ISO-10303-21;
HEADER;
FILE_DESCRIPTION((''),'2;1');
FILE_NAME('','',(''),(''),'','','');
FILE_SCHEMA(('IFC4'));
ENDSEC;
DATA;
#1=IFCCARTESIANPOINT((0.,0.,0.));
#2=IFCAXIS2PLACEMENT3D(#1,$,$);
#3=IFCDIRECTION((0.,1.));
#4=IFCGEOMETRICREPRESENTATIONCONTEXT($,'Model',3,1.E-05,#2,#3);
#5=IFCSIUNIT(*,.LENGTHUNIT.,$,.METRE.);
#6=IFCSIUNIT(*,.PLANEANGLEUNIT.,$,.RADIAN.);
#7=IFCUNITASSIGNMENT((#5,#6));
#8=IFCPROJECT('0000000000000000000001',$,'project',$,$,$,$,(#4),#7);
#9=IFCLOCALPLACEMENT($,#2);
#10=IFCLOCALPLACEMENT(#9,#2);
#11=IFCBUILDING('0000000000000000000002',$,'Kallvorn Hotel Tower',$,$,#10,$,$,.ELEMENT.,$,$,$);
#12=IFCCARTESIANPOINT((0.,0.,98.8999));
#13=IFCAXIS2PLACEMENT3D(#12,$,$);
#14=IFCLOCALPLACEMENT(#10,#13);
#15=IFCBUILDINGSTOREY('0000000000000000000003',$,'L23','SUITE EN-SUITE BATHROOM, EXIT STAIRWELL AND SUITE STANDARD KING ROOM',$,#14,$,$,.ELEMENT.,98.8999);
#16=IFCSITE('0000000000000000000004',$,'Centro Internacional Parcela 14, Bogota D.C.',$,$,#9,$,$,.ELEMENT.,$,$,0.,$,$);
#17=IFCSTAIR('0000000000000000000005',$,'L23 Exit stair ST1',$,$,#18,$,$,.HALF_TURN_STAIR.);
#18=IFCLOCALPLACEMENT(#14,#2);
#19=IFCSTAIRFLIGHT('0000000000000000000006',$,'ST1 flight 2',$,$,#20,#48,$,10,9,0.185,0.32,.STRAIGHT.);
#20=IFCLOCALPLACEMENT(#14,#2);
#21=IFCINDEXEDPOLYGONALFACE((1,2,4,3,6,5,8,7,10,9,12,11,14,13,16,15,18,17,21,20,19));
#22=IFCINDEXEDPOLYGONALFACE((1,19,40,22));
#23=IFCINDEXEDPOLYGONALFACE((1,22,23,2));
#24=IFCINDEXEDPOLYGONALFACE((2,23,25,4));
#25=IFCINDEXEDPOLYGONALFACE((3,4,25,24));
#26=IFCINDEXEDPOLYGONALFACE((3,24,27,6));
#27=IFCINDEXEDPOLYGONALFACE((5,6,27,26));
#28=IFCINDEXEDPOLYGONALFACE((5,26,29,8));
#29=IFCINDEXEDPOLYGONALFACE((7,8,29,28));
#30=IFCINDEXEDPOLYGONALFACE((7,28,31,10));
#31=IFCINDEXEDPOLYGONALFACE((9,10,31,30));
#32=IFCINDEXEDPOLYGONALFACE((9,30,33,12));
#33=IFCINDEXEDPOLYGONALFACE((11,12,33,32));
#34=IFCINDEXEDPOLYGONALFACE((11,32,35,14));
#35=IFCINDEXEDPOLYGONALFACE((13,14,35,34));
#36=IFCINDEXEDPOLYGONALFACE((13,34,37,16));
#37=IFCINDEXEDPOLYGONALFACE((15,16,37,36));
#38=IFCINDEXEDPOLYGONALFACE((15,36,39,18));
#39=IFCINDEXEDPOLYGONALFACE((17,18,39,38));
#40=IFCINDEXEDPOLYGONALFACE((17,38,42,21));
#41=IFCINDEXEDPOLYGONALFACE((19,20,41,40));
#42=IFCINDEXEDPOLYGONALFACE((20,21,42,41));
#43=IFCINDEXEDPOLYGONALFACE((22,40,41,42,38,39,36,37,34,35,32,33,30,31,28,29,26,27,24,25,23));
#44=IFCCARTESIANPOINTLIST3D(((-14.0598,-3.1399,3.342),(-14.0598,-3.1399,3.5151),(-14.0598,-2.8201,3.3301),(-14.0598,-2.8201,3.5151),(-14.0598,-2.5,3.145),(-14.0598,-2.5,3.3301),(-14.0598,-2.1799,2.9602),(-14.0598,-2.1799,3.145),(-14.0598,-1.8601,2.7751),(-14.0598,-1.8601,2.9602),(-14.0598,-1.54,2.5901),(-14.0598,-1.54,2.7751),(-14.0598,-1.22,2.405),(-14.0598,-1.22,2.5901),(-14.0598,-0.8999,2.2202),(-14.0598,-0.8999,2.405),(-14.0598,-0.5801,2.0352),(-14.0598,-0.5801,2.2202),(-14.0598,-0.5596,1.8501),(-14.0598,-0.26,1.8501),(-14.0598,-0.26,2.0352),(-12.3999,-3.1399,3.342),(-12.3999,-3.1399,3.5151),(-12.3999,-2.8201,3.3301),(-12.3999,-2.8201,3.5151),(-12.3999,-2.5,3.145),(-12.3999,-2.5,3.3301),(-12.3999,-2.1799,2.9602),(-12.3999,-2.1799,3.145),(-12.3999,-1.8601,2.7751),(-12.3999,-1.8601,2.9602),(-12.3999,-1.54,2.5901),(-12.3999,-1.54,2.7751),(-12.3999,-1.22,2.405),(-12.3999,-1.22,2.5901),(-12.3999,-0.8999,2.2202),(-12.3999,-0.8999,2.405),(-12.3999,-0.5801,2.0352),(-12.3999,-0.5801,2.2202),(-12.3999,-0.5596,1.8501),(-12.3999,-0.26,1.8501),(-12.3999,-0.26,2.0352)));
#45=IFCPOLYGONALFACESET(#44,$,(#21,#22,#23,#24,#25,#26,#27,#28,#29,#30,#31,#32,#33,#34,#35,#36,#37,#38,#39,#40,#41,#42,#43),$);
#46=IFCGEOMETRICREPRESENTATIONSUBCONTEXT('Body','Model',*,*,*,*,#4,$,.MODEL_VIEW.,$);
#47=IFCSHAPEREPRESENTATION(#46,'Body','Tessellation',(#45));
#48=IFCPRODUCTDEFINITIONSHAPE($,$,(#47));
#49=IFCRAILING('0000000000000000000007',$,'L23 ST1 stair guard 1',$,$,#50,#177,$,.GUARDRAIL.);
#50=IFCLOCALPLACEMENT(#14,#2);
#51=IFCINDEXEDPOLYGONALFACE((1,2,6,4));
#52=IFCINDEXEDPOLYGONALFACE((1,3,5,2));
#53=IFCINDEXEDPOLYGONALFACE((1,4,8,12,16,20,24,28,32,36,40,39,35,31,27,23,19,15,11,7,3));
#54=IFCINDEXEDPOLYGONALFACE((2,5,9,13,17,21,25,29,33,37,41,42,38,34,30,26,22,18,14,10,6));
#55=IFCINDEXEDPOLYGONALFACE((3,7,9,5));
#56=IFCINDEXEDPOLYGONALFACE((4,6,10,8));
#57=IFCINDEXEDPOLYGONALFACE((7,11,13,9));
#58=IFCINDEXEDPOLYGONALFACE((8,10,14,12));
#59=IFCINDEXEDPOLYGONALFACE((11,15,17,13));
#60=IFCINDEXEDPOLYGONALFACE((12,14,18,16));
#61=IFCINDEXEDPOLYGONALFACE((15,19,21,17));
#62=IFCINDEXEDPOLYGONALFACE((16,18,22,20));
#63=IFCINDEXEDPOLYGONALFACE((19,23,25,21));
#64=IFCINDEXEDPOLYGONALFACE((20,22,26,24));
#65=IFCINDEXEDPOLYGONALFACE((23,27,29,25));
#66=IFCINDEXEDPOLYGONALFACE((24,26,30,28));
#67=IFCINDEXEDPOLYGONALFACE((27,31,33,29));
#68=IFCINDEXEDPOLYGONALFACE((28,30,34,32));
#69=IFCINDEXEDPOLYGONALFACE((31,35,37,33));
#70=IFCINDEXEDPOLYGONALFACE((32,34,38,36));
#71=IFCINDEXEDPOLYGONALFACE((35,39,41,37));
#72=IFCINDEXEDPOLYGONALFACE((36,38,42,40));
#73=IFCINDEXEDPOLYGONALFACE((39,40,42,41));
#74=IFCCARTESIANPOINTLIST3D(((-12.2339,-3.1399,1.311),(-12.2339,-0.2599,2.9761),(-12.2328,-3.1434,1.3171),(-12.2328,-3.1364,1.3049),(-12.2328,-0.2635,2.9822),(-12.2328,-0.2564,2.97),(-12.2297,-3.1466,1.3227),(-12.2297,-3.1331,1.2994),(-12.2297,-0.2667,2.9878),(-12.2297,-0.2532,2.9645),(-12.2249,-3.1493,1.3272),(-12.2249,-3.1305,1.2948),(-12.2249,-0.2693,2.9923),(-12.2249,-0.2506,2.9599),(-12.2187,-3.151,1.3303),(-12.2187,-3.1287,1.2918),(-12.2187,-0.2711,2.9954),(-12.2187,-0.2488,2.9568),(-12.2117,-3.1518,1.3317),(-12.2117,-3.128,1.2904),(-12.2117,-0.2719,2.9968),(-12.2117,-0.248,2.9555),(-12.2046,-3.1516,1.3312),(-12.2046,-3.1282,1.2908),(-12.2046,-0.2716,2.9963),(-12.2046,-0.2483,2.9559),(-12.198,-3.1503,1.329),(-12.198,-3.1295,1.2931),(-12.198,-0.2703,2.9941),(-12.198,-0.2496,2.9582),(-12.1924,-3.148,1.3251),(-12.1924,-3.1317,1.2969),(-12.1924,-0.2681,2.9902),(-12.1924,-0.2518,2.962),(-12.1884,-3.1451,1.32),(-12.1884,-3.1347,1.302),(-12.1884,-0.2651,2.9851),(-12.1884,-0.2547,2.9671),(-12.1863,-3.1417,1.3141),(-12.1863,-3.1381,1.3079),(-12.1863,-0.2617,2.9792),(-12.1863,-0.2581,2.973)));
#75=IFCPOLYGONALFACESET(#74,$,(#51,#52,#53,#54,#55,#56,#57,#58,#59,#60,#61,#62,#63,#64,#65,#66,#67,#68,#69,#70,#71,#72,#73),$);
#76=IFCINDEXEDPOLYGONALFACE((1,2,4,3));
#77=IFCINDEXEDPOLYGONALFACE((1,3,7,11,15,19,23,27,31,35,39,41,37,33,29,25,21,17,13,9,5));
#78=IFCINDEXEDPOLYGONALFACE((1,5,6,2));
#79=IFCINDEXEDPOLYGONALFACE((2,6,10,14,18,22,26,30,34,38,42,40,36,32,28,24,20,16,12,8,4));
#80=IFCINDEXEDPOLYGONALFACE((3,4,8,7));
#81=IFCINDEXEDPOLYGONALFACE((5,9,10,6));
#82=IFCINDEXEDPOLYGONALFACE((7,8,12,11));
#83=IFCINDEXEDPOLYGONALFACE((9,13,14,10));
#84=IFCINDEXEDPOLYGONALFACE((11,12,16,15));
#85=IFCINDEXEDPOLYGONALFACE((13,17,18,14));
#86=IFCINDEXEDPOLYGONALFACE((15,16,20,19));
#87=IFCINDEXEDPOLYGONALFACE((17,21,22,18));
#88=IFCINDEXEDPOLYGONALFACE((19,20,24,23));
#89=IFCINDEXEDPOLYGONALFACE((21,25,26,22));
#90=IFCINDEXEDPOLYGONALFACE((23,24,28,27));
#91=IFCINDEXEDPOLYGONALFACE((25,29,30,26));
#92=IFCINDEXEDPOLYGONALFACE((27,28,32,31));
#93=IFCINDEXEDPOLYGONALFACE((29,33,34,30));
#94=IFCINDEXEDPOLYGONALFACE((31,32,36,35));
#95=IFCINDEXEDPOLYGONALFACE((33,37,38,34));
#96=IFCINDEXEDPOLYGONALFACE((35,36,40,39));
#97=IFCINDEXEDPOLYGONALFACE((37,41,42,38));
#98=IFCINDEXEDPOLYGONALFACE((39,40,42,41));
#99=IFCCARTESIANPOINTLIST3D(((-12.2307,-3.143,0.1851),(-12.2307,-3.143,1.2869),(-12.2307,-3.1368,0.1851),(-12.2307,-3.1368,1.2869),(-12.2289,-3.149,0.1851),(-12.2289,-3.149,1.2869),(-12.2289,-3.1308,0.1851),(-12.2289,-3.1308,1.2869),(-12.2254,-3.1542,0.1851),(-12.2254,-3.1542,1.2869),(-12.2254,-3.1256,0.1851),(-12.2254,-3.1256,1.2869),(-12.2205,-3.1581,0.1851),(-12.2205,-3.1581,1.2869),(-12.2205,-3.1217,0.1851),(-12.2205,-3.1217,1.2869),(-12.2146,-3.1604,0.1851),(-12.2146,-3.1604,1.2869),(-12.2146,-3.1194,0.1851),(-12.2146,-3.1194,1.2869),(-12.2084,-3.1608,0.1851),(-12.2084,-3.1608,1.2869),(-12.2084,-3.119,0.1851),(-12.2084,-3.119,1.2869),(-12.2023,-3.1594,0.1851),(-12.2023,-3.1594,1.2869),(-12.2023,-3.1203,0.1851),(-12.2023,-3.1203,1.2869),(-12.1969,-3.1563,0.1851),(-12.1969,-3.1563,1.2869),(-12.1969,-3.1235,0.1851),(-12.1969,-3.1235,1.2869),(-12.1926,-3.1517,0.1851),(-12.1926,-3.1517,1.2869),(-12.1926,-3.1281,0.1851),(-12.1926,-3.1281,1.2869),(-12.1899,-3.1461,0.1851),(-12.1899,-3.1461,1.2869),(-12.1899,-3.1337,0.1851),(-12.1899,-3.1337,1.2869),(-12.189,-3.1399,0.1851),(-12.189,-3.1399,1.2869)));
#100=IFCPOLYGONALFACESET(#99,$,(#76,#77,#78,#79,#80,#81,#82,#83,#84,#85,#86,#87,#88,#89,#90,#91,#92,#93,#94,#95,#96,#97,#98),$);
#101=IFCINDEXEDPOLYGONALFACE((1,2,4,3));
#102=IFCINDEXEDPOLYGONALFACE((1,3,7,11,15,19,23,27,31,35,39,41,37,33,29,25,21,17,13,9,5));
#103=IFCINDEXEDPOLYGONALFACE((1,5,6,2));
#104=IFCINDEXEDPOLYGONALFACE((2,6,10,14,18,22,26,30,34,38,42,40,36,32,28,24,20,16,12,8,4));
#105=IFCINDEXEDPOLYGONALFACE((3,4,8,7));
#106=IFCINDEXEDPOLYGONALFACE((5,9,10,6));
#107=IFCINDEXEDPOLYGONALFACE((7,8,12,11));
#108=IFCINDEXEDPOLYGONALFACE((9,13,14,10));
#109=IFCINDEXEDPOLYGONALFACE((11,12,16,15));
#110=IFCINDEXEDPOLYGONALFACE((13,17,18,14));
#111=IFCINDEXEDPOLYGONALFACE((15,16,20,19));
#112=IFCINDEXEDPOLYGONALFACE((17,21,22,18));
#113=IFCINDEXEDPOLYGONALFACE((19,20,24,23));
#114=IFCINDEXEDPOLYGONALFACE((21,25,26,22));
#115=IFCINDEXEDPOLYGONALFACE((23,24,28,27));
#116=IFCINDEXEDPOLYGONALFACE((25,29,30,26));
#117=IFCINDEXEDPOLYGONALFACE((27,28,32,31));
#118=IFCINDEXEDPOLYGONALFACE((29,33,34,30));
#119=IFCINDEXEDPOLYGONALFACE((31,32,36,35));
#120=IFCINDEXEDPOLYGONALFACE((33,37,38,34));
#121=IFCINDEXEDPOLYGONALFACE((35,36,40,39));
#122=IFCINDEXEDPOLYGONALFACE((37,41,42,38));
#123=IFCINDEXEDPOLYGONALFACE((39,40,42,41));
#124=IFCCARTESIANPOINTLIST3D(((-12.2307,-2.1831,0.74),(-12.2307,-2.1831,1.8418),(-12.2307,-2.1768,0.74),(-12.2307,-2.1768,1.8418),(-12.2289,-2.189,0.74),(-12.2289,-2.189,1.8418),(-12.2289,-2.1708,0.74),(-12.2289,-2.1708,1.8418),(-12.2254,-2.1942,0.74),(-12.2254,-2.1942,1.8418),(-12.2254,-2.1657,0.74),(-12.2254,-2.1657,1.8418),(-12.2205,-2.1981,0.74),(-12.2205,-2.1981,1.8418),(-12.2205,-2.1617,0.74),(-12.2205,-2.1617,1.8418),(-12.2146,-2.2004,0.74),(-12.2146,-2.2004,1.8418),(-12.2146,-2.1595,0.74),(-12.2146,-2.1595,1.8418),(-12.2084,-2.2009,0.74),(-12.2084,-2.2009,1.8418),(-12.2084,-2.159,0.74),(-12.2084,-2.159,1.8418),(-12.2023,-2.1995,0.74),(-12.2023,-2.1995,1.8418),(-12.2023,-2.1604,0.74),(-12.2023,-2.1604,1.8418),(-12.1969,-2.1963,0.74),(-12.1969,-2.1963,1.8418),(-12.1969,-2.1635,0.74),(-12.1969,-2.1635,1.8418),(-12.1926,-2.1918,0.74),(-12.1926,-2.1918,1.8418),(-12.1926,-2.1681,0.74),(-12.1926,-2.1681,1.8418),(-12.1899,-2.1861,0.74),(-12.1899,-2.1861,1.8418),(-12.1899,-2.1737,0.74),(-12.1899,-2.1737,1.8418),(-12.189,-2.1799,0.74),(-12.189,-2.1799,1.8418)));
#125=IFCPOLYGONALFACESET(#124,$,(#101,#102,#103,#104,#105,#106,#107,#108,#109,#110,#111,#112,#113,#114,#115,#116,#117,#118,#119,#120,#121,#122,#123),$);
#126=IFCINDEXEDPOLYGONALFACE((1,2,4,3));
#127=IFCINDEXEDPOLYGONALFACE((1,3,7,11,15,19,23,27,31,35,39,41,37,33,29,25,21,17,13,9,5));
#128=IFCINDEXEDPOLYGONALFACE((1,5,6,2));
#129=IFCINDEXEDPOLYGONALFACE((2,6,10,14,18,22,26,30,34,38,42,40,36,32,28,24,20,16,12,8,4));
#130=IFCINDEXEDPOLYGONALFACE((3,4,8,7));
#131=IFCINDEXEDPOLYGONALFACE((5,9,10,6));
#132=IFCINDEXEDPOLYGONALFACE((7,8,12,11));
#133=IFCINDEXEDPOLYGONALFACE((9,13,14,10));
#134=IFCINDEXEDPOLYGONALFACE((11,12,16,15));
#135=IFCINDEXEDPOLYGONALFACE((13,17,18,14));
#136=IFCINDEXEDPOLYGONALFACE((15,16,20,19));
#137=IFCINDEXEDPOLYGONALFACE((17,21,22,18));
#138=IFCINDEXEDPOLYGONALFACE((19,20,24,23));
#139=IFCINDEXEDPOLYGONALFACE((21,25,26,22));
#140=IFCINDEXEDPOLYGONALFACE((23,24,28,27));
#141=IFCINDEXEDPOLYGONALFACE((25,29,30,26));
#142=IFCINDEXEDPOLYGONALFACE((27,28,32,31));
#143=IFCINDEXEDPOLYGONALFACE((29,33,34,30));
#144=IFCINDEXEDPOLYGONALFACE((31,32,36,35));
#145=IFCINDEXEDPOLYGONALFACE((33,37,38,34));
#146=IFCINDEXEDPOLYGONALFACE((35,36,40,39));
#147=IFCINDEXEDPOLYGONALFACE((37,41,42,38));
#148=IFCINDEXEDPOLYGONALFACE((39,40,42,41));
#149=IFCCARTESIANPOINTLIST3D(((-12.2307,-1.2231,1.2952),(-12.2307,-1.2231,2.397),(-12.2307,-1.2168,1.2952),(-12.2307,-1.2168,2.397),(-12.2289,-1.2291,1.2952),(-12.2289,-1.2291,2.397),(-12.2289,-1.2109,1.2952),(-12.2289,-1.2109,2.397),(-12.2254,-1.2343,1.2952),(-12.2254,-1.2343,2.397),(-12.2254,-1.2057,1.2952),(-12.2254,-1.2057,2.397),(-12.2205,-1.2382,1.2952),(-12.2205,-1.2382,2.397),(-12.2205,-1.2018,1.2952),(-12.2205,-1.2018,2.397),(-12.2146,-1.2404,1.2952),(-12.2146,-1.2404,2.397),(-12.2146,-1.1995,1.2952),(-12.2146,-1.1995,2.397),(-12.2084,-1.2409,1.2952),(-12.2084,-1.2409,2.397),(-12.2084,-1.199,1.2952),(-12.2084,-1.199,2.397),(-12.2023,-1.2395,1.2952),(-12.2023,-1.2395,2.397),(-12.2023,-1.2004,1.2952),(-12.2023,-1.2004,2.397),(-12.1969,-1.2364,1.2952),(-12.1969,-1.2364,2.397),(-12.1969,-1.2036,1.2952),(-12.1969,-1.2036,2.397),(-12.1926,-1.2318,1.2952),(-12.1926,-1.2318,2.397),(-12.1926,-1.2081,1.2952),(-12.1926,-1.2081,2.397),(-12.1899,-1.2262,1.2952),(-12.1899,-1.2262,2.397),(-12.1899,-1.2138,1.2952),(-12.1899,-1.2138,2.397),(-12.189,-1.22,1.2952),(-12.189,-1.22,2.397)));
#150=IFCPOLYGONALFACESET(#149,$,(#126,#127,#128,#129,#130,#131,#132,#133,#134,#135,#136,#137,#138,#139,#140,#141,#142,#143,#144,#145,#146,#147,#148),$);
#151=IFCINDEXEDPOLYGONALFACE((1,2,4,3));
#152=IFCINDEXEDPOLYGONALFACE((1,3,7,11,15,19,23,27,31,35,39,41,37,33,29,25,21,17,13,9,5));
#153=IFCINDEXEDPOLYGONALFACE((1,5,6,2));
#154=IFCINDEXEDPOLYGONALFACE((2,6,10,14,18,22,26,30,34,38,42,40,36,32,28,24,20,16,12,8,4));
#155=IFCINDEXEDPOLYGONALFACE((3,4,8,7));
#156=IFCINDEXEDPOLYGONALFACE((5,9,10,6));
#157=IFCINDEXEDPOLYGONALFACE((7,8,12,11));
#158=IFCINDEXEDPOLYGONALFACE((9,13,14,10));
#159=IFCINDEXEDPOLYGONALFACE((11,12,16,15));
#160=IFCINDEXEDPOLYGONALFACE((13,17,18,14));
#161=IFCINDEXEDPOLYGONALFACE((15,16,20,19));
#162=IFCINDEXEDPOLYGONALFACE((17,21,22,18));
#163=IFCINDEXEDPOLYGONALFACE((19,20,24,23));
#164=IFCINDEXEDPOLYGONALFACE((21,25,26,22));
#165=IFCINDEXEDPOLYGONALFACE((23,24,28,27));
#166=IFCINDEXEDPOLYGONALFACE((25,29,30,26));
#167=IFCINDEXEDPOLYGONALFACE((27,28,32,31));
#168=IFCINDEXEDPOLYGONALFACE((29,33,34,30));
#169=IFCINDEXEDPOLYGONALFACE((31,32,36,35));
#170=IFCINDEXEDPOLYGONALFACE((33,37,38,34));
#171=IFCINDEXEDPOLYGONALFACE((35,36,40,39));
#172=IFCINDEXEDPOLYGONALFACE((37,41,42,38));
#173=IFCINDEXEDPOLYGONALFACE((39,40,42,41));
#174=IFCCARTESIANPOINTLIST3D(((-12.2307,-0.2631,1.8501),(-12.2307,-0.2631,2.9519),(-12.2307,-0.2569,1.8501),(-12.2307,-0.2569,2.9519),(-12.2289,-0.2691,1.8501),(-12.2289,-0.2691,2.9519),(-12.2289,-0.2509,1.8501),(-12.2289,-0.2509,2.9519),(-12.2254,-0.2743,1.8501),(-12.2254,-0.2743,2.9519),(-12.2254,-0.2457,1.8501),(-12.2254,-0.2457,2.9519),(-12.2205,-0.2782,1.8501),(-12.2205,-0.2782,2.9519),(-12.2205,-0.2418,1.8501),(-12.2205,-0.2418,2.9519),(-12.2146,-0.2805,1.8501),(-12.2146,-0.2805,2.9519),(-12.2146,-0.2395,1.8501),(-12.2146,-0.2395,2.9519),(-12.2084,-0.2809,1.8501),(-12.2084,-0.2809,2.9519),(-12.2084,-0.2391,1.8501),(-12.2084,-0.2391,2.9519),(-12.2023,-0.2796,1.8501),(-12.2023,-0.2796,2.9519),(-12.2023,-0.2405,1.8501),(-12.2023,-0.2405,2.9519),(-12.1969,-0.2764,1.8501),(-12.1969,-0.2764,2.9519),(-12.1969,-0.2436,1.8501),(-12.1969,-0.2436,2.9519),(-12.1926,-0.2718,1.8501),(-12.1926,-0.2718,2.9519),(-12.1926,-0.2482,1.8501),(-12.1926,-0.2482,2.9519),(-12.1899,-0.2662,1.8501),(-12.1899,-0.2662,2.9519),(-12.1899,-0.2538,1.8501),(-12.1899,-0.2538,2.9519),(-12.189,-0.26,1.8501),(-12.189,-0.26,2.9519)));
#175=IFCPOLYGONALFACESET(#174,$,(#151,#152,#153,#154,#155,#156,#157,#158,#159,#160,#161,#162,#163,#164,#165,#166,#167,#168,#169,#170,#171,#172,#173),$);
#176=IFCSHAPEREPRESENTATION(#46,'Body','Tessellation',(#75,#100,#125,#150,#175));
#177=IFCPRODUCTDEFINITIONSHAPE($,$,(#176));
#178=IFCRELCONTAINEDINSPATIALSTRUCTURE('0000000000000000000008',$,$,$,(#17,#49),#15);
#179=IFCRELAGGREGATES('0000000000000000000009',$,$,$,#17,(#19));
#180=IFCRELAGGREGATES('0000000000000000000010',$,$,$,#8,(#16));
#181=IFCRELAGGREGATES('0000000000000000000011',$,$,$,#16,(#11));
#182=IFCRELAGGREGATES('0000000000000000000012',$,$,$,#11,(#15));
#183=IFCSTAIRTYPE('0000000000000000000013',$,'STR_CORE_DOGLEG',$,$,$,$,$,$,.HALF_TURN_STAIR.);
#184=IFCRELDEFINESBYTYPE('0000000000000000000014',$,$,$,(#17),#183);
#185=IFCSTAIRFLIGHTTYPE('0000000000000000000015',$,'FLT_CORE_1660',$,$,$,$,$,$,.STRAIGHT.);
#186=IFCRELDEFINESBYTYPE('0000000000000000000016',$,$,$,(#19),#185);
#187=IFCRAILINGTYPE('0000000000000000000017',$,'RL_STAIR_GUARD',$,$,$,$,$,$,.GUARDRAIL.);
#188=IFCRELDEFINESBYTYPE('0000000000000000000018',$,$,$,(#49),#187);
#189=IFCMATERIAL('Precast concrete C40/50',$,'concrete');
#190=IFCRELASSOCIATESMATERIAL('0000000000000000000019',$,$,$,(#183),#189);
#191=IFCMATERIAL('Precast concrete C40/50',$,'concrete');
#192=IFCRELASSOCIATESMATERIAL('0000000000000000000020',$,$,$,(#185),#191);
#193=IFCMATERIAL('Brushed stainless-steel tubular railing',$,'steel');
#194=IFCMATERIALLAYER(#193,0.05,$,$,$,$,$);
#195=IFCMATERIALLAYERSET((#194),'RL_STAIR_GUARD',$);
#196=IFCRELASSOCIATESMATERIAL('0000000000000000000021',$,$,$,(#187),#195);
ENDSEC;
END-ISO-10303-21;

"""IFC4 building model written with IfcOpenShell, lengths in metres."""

from ifc_helpers import new_model, si_unit, direction, frame, origin, origin_2d, place, context, subcontext, project, spatial, polyline, circle, outline, extrude, material, layer, layer_set, type_object, element, aggregate, save


model = new_model("IFC4")

# Units and contexts
model_context = context("Model", 3, precision=1e-05, world=origin(), true_north=direction((0.0, 1.0)))
body_context = subcontext(model_context, "Body", "Model", "MODEL_VIEW")
ifc_project = project(units=[si_unit("LENGTHUNIT", "METRE"), si_unit("PLANEANGLEUNIT", "RADIAN")], contexts=[model_context])

# Site, building, storey
site_placement = place(None, origin())
site = spatial("IfcSite", under=ifc_project, at=site_placement, Name="Centro Internacional Parcela 14, Bogota D.C.", CompositionType="ELEMENT", RefElevation=0.0)
building_placement = place(site_placement, origin())
building = spatial("IfcBuilding", under=site, at=building_placement, Name="Kallvorn Hotel Tower", CompositionType="ELEMENT")
storey_placement = place(building_placement, frame((0.0, 0.0, 98.8999)))
storey = spatial("IfcBuildingStorey", under=building, at=storey_placement, Name="L23", Description="SUITE EN-SUITE BATHROOM, EXIT STAIRWELL AND SUITE STANDARD KING ROOM", CompositionType="ELEMENT", Elevation=98.8999)

# Stair, stair flight
ifc_material_1 = material(Name="Precast concrete C40/50", Category="concrete")
stair_type = type_object("IfcStairType", Name="STR_CORE_DOGLEG", PredefinedType="HALF_TURN_STAIR", material=ifc_material_1)
stair_placement = place(storey_placement, origin())
stair = element("IfcStair", 1, at=stair_placement, inside=storey, type_object=stair_type, Name="L23 Exit stair ST1", PredefinedType="HALF_TURN_STAIR")
ifc_material_2 = material(Name="Precast concrete C40/50", Category="concrete")
stair_flight_type = type_object("IfcStairFlightType", Name="FLT_CORE_1660", PredefinedType="STRAIGHT", material=ifc_material_2)
stair_flight_1_placement = place(storey_placement, frame((-13.23, -0.26, 1.8501), z_axis=(0.0, 0.0, 1.0), x_axis=(0.0, -1.0, 0.0)))
stair_flight_1 = element("IfcStairFlight", 2, at=stair_flight_1_placement, type_object=stair_flight_type, Name="ST1 flight 2", NumberOfRisers=10, NumberOfTreads=9, PredefinedType="STRAIGHT", RiserHeight=0.185, TreadLength=0.32, context=body_context, shape_type="SweptSolid", body=[
    extrude(outline(polyline([(0.0, 0.0), (0.0, 0.1851), (0.3201, 0.1851), (0.3201, 0.3701), (0.6399, 0.3701), (0.6399, 0.5549), (0.96, 0.5549), (0.96, 0.74), (1.28, 0.74), (1.28, 0.925), (1.6001, 0.925), (1.6001, 1.1101), (1.9199, 1.1101), (1.9199, 1.2949), (2.24, 1.2949), (2.24, 1.48), (2.5601, 1.48), (2.5601, 1.665), (2.8799, 1.665), (2.8799, 1.8501), (2.8799, 1.4919), (0.2996, 0.0), (0.0, 0.0)])), frame((0.0, 0.8301, 0.0), z_axis=(0.0, -1.0, 0.0), x_axis=(1.0, 0.0, 0.0)), (0.0, 0.0, 1.0), 1.6599),
])
aggregate(stair, [stair_flight_1])

# Railing
ifc_material_3 = material(Name="Brushed stainless-steel tubular railing", Category="steel")
ifc_layer_1 = layer(ifc_material_3, 0.05)
ifc_layer_set_1 = layer_set([ifc_layer_1], Name="RL_STAIR_GUARD")
railing_type_1 = type_object("IfcRailingType", Name="RL_STAIR_GUARD", PredefinedType="GUARDRAIL", material=ifc_layer_set_1)
railing_1_placement = place(storey_placement, frame((-12.21, -3.1399, 0.1851)))
element("IfcRailing", 3, at=railing_1_placement, inside=storey, type_object=railing_type_1, Name="L23 ST1 stair guard 1", PredefinedType="GUARDRAIL", context=body_context, shape_type="SweptSolid", body=[
    extrude(circle(Radius=0.0239, at=origin_2d()), frame((0.0, 0.0, 1.126), z_axis=(0.0, 0.865721, 0.500527), x_axis=(-1.0, 0.0, 0.0)), (0.0, 0.0, 1.0), 3.3267),
    extrude(circle(Radius=0.021, at=origin_2d()), origin(), (0.0, 0.0, 1.0), 1.1018),
    extrude(circle(Radius=0.021, at=origin_2d()), frame((0.0, 0.96, 0.5549)), (0.0, 0.0, 1.0), 1.1018),
    extrude(circle(Radius=0.021, at=origin_2d()), frame((0.0, 1.9199, 1.1101)), (0.0, 0.0, 1.0), 1.1018),
    extrude(circle(Radius=0.021, at=origin_2d()), frame((0.0, 2.8799, 1.665)), (0.0, 0.0, 1.0), 1.1018),
])

save(model, "model.ifc")
